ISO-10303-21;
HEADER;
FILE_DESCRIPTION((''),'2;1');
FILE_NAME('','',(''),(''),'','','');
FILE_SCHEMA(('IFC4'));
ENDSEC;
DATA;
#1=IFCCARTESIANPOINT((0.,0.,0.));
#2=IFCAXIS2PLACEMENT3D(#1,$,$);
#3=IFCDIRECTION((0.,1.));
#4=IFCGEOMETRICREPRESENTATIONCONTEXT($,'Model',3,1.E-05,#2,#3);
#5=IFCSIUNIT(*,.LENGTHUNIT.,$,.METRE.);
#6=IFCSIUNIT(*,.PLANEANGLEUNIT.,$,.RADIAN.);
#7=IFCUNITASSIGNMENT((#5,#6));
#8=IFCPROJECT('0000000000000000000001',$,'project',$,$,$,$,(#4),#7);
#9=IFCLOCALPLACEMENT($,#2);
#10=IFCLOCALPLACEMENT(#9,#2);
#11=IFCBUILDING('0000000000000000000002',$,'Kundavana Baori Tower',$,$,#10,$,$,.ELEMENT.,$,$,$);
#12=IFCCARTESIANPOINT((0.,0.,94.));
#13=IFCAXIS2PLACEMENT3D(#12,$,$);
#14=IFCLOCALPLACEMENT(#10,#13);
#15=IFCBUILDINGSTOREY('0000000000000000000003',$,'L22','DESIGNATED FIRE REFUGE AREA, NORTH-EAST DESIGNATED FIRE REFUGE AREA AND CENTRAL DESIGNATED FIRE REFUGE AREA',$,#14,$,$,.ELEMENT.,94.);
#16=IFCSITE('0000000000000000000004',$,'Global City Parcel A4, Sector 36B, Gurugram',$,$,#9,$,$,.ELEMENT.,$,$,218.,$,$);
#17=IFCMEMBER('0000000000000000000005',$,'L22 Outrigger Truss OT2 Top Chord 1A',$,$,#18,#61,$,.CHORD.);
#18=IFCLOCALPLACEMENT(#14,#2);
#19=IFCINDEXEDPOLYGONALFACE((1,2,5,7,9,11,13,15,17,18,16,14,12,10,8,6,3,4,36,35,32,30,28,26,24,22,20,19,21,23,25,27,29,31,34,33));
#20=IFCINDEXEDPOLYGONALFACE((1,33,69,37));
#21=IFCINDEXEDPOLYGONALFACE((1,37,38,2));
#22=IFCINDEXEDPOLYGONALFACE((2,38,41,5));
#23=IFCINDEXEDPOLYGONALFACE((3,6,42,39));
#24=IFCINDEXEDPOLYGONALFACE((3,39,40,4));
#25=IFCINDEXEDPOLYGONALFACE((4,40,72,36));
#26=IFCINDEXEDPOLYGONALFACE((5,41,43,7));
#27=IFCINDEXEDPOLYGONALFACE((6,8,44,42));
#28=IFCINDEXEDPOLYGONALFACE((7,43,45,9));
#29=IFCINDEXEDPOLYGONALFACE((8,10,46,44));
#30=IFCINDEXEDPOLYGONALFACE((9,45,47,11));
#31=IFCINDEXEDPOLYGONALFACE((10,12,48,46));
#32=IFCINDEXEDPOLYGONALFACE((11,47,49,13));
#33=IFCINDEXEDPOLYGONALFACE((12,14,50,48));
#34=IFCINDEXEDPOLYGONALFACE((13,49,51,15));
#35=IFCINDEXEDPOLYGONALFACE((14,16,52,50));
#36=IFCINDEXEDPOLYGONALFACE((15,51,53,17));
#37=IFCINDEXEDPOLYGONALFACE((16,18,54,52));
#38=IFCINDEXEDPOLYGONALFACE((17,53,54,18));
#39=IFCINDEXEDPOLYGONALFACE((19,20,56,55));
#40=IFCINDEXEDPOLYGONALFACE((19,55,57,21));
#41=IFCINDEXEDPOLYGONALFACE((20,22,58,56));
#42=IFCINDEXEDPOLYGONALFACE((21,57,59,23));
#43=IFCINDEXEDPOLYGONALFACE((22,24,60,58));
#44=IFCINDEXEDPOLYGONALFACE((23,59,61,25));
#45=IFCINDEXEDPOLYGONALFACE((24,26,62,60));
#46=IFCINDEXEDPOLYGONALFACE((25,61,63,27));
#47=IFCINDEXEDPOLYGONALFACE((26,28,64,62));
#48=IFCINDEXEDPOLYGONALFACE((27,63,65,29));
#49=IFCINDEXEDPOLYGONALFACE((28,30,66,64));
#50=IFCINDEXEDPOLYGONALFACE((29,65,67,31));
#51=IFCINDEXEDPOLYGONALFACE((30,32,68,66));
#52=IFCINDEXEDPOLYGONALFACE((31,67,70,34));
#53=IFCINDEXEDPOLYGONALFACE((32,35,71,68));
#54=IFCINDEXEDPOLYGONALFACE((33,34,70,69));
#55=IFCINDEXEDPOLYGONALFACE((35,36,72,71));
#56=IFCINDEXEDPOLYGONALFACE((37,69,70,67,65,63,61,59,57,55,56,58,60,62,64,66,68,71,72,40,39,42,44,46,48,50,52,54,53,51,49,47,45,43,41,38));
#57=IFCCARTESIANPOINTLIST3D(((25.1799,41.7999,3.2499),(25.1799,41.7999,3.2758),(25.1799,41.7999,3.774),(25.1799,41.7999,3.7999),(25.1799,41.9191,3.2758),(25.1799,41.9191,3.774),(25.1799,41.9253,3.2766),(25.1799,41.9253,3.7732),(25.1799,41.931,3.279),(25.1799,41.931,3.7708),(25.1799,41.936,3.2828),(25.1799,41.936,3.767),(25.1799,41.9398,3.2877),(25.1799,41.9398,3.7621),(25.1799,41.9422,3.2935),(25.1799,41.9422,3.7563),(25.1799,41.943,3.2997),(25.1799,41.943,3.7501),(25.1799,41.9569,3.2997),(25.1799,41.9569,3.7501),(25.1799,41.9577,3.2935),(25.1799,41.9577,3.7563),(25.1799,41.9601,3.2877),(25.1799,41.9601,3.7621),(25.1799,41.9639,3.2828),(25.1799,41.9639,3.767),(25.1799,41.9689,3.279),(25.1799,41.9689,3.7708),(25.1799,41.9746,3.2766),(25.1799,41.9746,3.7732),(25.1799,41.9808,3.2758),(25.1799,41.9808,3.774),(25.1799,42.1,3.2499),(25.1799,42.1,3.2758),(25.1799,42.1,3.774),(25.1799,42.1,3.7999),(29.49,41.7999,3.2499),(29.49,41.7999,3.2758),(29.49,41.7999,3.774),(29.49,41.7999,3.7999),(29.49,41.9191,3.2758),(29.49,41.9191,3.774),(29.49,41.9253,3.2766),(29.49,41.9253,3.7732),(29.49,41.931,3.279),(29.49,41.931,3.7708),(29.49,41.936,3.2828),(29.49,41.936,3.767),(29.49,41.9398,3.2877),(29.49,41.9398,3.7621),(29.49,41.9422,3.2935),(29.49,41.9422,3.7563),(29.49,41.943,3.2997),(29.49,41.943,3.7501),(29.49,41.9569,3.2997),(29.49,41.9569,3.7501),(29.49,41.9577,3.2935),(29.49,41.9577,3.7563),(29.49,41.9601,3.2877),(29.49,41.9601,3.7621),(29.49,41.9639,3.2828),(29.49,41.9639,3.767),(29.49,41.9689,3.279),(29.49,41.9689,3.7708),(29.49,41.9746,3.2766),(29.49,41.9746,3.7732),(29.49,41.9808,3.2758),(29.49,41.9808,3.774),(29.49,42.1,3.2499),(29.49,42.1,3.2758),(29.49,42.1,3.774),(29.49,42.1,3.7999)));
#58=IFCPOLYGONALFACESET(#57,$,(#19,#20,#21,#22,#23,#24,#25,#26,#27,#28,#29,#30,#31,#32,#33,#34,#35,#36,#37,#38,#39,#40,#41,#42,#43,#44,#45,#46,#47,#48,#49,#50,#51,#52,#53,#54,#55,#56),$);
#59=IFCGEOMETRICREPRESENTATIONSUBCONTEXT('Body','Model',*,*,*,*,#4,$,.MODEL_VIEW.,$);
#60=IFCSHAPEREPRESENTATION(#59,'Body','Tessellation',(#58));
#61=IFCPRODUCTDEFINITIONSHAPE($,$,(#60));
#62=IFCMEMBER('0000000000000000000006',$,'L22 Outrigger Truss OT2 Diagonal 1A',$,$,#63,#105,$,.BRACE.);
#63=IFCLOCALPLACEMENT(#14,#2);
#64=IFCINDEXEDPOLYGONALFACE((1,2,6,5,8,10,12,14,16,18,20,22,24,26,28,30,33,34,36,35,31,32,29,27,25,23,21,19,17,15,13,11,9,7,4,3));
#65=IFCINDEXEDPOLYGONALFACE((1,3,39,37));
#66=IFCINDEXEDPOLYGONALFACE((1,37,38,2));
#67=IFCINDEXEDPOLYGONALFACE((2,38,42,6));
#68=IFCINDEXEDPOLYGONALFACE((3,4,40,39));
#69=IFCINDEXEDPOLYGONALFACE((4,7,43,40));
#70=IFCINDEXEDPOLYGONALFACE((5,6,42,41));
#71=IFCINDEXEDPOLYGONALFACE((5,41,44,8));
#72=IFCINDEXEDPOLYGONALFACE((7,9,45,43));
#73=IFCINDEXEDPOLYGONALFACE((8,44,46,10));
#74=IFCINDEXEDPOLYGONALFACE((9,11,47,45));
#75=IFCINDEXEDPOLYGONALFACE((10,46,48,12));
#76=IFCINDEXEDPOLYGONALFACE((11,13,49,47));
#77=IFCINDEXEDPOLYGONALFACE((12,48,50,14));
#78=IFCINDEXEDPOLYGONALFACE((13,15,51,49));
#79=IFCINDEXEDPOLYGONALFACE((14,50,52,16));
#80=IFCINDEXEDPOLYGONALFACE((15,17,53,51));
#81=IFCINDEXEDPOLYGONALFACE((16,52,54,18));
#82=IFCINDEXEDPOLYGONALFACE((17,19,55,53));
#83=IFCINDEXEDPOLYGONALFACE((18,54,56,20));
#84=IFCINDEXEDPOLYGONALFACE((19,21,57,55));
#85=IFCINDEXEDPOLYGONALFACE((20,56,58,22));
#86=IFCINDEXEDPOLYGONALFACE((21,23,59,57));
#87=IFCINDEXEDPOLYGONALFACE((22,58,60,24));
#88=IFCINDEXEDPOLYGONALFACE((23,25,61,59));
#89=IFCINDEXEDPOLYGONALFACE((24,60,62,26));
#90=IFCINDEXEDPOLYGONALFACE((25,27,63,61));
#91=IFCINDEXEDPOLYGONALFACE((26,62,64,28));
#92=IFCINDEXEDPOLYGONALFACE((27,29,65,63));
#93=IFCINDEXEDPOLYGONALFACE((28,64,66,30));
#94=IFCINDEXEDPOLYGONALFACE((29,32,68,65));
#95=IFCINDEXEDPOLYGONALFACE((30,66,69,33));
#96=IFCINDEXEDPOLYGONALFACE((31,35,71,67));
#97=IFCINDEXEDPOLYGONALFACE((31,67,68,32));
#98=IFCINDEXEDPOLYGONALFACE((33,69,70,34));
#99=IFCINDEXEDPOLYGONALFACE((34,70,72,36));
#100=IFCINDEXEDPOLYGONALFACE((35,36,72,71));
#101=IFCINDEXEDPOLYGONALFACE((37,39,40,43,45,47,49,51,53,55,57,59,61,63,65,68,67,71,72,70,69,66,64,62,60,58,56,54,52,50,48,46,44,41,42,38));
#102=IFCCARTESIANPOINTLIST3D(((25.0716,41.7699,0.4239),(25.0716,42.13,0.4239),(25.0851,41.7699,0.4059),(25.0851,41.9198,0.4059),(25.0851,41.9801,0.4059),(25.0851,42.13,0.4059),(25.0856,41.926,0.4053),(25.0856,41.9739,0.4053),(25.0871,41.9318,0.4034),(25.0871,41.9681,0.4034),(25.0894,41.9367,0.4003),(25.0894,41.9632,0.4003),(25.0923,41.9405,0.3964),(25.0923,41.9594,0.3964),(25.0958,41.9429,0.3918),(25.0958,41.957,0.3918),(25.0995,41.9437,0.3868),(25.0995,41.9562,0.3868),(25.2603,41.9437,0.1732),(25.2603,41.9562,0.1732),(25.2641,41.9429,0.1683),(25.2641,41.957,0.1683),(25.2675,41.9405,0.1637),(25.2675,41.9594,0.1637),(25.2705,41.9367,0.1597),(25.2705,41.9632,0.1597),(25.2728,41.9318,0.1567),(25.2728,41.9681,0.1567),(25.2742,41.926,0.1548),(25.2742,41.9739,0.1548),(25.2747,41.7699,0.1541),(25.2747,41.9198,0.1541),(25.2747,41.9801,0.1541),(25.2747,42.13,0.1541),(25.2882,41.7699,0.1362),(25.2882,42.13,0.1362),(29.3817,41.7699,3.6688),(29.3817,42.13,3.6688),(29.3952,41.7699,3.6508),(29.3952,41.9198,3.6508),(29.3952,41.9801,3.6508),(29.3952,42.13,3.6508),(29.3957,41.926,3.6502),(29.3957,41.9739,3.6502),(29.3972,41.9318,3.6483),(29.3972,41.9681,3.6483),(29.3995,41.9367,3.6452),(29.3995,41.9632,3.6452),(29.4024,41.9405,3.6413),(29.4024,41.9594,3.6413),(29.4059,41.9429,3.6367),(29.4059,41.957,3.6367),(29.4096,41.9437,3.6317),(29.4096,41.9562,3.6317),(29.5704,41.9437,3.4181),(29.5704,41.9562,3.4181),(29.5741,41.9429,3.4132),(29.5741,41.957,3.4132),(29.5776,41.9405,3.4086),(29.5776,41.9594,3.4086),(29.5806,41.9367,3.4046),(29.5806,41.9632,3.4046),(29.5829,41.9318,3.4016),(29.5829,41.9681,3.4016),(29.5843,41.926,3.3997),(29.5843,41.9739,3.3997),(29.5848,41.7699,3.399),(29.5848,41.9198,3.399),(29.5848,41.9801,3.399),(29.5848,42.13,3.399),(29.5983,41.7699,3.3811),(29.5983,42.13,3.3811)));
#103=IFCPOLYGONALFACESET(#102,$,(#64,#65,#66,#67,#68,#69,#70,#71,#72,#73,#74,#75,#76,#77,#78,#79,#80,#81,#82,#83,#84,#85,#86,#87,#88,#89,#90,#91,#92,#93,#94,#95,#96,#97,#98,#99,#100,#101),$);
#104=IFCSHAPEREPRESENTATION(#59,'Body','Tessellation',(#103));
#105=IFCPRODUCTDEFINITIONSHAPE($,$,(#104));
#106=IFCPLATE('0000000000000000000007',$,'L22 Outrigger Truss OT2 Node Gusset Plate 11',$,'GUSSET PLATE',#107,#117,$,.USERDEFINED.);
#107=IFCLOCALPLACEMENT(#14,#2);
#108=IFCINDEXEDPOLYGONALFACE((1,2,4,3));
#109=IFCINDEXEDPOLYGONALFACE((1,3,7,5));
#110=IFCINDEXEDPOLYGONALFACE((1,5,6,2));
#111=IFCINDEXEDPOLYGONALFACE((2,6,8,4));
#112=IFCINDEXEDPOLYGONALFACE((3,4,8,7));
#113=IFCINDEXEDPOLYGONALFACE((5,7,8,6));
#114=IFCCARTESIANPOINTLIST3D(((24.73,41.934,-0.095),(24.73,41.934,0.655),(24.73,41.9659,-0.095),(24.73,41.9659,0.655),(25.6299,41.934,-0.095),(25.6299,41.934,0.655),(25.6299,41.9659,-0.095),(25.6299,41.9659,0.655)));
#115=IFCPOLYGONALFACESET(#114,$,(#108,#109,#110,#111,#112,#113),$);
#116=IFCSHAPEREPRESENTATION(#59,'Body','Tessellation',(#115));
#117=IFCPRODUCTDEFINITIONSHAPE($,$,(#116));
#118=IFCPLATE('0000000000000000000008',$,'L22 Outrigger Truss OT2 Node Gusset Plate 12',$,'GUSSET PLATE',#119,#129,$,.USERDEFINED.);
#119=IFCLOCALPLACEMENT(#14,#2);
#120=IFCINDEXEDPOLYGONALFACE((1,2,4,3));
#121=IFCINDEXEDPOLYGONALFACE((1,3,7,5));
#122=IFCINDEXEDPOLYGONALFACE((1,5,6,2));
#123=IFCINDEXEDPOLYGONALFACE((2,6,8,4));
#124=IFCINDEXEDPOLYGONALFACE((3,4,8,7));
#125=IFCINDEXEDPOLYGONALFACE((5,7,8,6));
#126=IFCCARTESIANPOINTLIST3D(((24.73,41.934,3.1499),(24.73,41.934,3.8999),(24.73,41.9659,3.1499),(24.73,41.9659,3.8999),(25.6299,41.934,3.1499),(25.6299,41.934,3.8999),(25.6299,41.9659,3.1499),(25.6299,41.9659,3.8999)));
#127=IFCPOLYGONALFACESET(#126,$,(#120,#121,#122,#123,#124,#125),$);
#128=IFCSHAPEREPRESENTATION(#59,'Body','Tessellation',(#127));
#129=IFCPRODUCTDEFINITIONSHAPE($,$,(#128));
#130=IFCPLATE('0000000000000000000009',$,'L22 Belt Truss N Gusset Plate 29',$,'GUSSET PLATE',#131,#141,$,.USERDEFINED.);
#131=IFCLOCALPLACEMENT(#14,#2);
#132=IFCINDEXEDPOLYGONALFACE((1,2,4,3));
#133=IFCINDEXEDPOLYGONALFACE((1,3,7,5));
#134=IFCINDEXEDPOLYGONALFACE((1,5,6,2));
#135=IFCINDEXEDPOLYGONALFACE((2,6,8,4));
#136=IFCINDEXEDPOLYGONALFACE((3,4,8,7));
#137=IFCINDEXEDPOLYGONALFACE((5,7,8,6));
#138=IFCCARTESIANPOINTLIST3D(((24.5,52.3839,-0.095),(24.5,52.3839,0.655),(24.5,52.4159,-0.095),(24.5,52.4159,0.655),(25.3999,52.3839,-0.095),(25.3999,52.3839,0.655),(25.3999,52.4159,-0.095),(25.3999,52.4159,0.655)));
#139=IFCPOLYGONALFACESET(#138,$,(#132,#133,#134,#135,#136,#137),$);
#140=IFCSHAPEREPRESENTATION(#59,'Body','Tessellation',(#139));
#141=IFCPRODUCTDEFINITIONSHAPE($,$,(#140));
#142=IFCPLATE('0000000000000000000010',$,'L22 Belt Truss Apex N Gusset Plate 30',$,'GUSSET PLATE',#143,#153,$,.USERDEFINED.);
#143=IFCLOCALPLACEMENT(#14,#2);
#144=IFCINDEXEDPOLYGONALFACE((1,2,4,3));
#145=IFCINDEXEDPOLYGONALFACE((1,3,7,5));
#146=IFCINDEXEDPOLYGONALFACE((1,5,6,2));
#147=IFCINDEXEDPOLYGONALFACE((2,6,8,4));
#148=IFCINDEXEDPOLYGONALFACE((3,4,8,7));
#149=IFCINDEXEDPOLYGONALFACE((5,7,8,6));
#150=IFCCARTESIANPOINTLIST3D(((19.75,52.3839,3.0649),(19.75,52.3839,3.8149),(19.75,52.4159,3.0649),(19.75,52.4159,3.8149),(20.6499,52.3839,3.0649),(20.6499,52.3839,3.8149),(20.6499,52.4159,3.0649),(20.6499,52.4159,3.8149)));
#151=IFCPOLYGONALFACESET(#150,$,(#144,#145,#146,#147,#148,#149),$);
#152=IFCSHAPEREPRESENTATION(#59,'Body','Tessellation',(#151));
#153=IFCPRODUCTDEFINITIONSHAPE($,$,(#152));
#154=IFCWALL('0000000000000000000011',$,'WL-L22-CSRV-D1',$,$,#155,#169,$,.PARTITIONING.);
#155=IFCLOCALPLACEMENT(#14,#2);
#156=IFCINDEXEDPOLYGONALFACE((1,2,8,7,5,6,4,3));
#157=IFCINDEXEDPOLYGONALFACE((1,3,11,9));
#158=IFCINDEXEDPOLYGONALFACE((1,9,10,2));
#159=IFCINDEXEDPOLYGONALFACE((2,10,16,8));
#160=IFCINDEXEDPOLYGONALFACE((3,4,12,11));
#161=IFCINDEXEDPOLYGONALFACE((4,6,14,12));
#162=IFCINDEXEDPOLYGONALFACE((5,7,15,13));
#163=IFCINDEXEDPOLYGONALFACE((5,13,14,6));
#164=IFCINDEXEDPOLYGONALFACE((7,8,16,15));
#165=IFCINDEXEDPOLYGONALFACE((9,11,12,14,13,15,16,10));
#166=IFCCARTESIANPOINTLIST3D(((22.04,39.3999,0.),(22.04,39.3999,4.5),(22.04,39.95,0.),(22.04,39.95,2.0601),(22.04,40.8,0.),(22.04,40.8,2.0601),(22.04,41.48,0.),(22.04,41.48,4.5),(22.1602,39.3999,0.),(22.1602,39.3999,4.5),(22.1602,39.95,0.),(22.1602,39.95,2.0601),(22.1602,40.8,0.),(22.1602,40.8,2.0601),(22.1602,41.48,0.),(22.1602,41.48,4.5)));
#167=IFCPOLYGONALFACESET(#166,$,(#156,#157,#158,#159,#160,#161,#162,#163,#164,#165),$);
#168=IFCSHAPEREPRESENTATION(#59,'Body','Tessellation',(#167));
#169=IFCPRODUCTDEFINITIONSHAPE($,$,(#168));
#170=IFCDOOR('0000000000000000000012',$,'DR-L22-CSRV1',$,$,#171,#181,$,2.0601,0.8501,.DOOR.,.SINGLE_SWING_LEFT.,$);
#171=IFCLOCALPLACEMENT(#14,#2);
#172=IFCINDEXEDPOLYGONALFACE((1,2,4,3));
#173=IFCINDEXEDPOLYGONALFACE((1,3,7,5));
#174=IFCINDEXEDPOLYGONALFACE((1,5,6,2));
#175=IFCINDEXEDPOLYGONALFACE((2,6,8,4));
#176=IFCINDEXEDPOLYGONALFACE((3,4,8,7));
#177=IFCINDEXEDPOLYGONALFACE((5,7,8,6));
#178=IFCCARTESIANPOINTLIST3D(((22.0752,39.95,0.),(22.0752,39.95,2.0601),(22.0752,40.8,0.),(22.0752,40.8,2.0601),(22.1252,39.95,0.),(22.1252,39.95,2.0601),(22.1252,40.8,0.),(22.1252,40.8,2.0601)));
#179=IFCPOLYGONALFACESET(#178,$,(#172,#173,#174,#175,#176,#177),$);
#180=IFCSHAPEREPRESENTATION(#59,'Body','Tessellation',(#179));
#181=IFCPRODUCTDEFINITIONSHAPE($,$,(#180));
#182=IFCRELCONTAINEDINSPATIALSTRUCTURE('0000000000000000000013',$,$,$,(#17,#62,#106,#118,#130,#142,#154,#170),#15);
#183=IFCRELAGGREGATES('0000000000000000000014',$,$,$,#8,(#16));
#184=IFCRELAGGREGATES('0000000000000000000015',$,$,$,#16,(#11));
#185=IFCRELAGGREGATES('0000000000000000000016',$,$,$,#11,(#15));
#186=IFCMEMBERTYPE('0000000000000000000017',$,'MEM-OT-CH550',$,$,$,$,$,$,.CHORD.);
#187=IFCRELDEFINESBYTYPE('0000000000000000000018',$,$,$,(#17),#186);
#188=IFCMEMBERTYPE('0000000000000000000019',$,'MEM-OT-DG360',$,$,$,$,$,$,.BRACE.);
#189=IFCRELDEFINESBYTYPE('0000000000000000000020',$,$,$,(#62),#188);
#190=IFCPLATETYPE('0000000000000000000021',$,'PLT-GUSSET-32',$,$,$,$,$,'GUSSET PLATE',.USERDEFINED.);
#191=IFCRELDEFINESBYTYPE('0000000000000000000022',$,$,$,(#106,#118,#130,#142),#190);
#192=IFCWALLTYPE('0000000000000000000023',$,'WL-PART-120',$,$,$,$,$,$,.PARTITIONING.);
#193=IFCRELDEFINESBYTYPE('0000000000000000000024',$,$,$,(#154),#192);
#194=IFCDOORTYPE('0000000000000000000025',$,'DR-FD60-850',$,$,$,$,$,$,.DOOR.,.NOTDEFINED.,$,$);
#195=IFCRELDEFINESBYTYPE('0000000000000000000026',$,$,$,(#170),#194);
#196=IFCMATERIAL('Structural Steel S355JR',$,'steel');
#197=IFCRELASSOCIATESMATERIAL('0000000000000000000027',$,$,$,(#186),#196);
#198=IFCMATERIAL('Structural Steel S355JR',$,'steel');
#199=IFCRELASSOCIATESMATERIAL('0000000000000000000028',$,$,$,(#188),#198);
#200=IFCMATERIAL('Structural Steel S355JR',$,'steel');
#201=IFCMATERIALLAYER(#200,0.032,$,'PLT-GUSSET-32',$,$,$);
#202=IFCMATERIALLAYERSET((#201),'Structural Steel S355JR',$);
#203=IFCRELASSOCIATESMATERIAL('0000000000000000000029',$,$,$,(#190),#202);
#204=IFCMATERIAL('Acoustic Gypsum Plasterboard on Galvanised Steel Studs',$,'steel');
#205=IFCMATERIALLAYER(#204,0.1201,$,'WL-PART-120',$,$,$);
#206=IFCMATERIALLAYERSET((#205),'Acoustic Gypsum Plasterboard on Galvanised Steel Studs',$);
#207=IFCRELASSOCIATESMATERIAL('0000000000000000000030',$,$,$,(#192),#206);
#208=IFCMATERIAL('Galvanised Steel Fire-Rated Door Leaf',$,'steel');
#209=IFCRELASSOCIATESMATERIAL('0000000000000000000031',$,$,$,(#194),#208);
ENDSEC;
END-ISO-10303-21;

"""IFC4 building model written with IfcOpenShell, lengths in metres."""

from ifc_helpers import new_model, si_unit, direction, frame, frame_2d, origin, origin_2d, place, context, subcontext, project, spatial, rectangle, i_section, extrude, material, layer, layer_set, material_profile, profile_set, type_object, element, fill, save


model = new_model("IFC4")

# Units and contexts
model_context = context("Model", 3, precision=1e-05, world=origin(), true_north=direction((0.0, 1.0)))
body_context = subcontext(model_context, "Body", "Model", "MODEL_VIEW")
ifc_project = project(units=[si_unit("LENGTHUNIT", "METRE"), si_unit("PLANEANGLEUNIT", "RADIAN")], contexts=[model_context])

# Site, building, storey
site_placement = place(None, origin())
site = spatial("IfcSite", under=ifc_project, at=site_placement, Name="Global City Parcel A4, Sector 36B, Gurugram", CompositionType="ELEMENT", RefElevation=218.0)
building_placement = place(site_placement, origin())
building = spatial("IfcBuilding", under=site, at=building_placement, Name="Kundavana Baori Tower", CompositionType="ELEMENT")
storey_placement = place(building_placement, frame((0.0, 0.0, 94.0)))
storey = spatial("IfcBuildingStorey", under=building, at=storey_placement, Name="L22", Description="DESIGNATED FIRE REFUGE AREA, NORTH-EAST DESIGNATED FIRE REFUGE AREA AND CENTRAL DESIGNATED FIRE REFUGE AREA", CompositionType="ELEMENT", Elevation=94.0)

# Members
ifc_material_1 = material(Name="Structural Steel S355JR", Category="steel")
ifc_material_profile_1 = material_profile(ifc_material_1, i_section(OverallWidth=0.3, OverallDepth=0.55, WebThickness=0.0139, FlangeThickness=0.0259, FilletRadius=0.0239, at=origin_2d()), Name="WPB 550x300x166")
ifc_profile_set_1 = profile_set([ifc_material_profile_1], Name="Structural Steel S355JR")
member_type_1 = type_object("IfcMemberType", Name="MEM-OT-CH550", PredefinedType="CHORD", material=ifc_profile_set_1)
for number, where, z_axis, x_axis, name in (
    (1, (25.1799, 41.95, 3.5249), (1.0, 0.0, 0.0), (0.0, 1.0, 0.0), "L22 Outrigger Truss OT2 Top Chord 1A"),
):
    element("IfcMember", number, at=place(storey_placement, frame(where, z_axis=z_axis, x_axis=x_axis)), inside=storey, type_object=member_type_1, Name=name, PredefinedType="CHORD", context=body_context, shape_type="SweptSolid", body=[
        extrude(i_section(OverallWidth=0.3, OverallDepth=0.55, WebThickness=0.0139, FlangeThickness=0.0259, FilletRadius=0.0239, at=origin_2d()), origin(), (0.0, 0.0, 1.0), 4.3101),
    ])
ifc_material_2 = material(Name="Structural Steel S355JR", Category="steel")
ifc_material_profile_2 = material_profile(ifc_material_2, i_section(OverallWidth=0.3601, OverallDepth=0.3601, WebThickness=0.0125, FlangeThickness=0.0225, FilletRadius=0.0239, at=origin_2d()), Name="WPB 360x360x142")
ifc_profile_set_2 = profile_set([ifc_material_profile_2], Name="Structural Steel S355JR")
member_type_2 = type_object("IfcMemberType", Name="MEM-OT-DG360", PredefinedType="BRACE", material=ifc_profile_set_2)
member_1_placement = place(storey_placement, frame((25.1799, 41.95, 0.28), z_axis=(0.798902, 0.0, 0.601462), x_axis=(0.0, 1.0, 0.0)))
element("IfcMember", 2, at=member_1_placement, inside=storey, type_object=member_type_2, Name="L22 Outrigger Truss OT2 Diagonal 1A", PredefinedType="BRACE", context=body_context, shape_type="SweptSolid", body=[
    extrude(i_section(OverallWidth=0.3601, OverallDepth=0.3601, WebThickness=0.0125, FlangeThickness=0.0225, FilletRadius=0.0239, at=origin_2d()), origin(), (0.0, 0.0, 1.0), 5.395),
])

# Plates
ifc_material_3 = material(Name="Structural Steel S355JR", Category="steel")
ifc_layer_1 = layer(ifc_material_3, 0.032, Name="PLT-GUSSET-32")
ifc_layer_set_1 = layer_set([ifc_layer_1], Name="Structural Steel S355JR")
plate_type = type_object("IfcPlateType", Name="PLT-GUSSET-32", ElementType="GUSSET PLATE", PredefinedType="USERDEFINED", material=ifc_layer_set_1)
for number, where, z_axis, x_axis, name in (
    (3, (25.1799, 41.95, -0.095), (0.0, 0.0, 1.0), (1.0, 0.0, 0.0), "L22 Outrigger Truss OT2 Node Gusset Plate 11"),
    (4, (25.1799, 41.95, 3.1499), (0.0, 0.0, 1.0), (1.0, 0.0, 0.0), "L22 Outrigger Truss OT2 Node Gusset Plate 12"),
    (5, (24.95, 52.3999, -0.095), (0.0, 0.0, 1.0), (1.0, 0.0, 0.0), "L22 Belt Truss N Gusset Plate 29"),
    (6, (20.2, 52.3999, 3.0649), (0.0, 0.0, 1.0), (1.0, 0.0, 0.0), "L22 Belt Truss Apex N Gusset Plate 30"),
):
    element("IfcPlate", number, at=place(storey_placement, frame(where, z_axis=z_axis, x_axis=x_axis)), inside=storey, type_object=plate_type, Name=name, ObjectType="GUSSET PLATE", PredefinedType="USERDEFINED", context=body_context, shape_type="SweptSolid", body=[
        extrude(rectangle(XDim=0.8999, YDim=0.032, at=origin_2d()), origin(), (0.0, 0.0, 1.0), 0.75),
    ])

# Wall, opening, door
ifc_material_4 = material(Name="Acoustic Gypsum Plasterboard on Galvanised Steel Studs", Category="steel")
ifc_layer_2 = layer(ifc_material_4, 0.1201, Name="WL-PART-120")
ifc_layer_set_2 = layer_set([ifc_layer_2], Name="Acoustic Gypsum Plasterboard on Galvanised Steel Studs")
wall_type_1 = type_object("IfcWallType", Name="WL-PART-120", PredefinedType="PARTITIONING", material=ifc_layer_set_2)
wall_1_placement = place(storey_placement, frame((22.1001, 39.3999, 0.0), z_axis=(0.0, 0.0, 1.0), x_axis=(0.0, 1.0, 0.0)))
wall_1 = element("IfcWall", 7, at=wall_1_placement, inside=storey, type_object=wall_type_1, Name="WL-L22-CSRV-D1", PredefinedType="PARTITIONING", context=body_context, shape_type="SweptSolid", body=[
    extrude(rectangle(XDim=2.0801, YDim=0.1201, at=frame_2d((1.04, 0.0))), origin(), (0.0, 0.0, 1.0), 4.5),
])
opening_placement = place(wall_1_placement, frame((0.55, 0.0, 0.0)))
opening = element("IfcOpeningElement", 8, at=opening_placement, cuts=wall_1, PredefinedType="OPENING", context=body_context, shape_type="SweptSolid", body=[
    extrude(rectangle(XDim=0.8501, YDim=2.0601, at=frame_2d((0.425, 1.03))), frame((0.0, 0.0701, 0.0), z_axis=(0.0, -1.0, 0.0), x_axis=(1.0, 0.0, 0.0)), (0.0, 0.0, 1.0), 0.1401),
])
ifc_material_5 = material(Name="Galvanised Steel Fire-Rated Door Leaf", Category="steel")
door_type = type_object("IfcDoorType", Name="DR-FD60-850", OperationType="NOTDEFINED", PredefinedType="DOOR", material=ifc_material_5)
door_placement = place(opening_placement, origin())
door = element("IfcDoor", 9, at=door_placement, inside=storey, type_object=door_type, Name="DR-L22-CSRV1", OperationType="SINGLE_SWING_LEFT", OverallHeight=2.0601, OverallWidth=0.8501, PredefinedType="DOOR", context=body_context, shape_type="SweptSolid", body=[
    extrude(rectangle(XDim=0.8501, YDim=2.0601, at=frame_2d((0.425, 1.03))), frame((0.0, 0.0249, 0.0), z_axis=(0.0, -1.0, 0.0), x_axis=(1.0, 0.0, 0.0)), (0.0, 0.0, 1.0), 0.05),
])
fill(opening, door)

save(model, "model.ifc")
